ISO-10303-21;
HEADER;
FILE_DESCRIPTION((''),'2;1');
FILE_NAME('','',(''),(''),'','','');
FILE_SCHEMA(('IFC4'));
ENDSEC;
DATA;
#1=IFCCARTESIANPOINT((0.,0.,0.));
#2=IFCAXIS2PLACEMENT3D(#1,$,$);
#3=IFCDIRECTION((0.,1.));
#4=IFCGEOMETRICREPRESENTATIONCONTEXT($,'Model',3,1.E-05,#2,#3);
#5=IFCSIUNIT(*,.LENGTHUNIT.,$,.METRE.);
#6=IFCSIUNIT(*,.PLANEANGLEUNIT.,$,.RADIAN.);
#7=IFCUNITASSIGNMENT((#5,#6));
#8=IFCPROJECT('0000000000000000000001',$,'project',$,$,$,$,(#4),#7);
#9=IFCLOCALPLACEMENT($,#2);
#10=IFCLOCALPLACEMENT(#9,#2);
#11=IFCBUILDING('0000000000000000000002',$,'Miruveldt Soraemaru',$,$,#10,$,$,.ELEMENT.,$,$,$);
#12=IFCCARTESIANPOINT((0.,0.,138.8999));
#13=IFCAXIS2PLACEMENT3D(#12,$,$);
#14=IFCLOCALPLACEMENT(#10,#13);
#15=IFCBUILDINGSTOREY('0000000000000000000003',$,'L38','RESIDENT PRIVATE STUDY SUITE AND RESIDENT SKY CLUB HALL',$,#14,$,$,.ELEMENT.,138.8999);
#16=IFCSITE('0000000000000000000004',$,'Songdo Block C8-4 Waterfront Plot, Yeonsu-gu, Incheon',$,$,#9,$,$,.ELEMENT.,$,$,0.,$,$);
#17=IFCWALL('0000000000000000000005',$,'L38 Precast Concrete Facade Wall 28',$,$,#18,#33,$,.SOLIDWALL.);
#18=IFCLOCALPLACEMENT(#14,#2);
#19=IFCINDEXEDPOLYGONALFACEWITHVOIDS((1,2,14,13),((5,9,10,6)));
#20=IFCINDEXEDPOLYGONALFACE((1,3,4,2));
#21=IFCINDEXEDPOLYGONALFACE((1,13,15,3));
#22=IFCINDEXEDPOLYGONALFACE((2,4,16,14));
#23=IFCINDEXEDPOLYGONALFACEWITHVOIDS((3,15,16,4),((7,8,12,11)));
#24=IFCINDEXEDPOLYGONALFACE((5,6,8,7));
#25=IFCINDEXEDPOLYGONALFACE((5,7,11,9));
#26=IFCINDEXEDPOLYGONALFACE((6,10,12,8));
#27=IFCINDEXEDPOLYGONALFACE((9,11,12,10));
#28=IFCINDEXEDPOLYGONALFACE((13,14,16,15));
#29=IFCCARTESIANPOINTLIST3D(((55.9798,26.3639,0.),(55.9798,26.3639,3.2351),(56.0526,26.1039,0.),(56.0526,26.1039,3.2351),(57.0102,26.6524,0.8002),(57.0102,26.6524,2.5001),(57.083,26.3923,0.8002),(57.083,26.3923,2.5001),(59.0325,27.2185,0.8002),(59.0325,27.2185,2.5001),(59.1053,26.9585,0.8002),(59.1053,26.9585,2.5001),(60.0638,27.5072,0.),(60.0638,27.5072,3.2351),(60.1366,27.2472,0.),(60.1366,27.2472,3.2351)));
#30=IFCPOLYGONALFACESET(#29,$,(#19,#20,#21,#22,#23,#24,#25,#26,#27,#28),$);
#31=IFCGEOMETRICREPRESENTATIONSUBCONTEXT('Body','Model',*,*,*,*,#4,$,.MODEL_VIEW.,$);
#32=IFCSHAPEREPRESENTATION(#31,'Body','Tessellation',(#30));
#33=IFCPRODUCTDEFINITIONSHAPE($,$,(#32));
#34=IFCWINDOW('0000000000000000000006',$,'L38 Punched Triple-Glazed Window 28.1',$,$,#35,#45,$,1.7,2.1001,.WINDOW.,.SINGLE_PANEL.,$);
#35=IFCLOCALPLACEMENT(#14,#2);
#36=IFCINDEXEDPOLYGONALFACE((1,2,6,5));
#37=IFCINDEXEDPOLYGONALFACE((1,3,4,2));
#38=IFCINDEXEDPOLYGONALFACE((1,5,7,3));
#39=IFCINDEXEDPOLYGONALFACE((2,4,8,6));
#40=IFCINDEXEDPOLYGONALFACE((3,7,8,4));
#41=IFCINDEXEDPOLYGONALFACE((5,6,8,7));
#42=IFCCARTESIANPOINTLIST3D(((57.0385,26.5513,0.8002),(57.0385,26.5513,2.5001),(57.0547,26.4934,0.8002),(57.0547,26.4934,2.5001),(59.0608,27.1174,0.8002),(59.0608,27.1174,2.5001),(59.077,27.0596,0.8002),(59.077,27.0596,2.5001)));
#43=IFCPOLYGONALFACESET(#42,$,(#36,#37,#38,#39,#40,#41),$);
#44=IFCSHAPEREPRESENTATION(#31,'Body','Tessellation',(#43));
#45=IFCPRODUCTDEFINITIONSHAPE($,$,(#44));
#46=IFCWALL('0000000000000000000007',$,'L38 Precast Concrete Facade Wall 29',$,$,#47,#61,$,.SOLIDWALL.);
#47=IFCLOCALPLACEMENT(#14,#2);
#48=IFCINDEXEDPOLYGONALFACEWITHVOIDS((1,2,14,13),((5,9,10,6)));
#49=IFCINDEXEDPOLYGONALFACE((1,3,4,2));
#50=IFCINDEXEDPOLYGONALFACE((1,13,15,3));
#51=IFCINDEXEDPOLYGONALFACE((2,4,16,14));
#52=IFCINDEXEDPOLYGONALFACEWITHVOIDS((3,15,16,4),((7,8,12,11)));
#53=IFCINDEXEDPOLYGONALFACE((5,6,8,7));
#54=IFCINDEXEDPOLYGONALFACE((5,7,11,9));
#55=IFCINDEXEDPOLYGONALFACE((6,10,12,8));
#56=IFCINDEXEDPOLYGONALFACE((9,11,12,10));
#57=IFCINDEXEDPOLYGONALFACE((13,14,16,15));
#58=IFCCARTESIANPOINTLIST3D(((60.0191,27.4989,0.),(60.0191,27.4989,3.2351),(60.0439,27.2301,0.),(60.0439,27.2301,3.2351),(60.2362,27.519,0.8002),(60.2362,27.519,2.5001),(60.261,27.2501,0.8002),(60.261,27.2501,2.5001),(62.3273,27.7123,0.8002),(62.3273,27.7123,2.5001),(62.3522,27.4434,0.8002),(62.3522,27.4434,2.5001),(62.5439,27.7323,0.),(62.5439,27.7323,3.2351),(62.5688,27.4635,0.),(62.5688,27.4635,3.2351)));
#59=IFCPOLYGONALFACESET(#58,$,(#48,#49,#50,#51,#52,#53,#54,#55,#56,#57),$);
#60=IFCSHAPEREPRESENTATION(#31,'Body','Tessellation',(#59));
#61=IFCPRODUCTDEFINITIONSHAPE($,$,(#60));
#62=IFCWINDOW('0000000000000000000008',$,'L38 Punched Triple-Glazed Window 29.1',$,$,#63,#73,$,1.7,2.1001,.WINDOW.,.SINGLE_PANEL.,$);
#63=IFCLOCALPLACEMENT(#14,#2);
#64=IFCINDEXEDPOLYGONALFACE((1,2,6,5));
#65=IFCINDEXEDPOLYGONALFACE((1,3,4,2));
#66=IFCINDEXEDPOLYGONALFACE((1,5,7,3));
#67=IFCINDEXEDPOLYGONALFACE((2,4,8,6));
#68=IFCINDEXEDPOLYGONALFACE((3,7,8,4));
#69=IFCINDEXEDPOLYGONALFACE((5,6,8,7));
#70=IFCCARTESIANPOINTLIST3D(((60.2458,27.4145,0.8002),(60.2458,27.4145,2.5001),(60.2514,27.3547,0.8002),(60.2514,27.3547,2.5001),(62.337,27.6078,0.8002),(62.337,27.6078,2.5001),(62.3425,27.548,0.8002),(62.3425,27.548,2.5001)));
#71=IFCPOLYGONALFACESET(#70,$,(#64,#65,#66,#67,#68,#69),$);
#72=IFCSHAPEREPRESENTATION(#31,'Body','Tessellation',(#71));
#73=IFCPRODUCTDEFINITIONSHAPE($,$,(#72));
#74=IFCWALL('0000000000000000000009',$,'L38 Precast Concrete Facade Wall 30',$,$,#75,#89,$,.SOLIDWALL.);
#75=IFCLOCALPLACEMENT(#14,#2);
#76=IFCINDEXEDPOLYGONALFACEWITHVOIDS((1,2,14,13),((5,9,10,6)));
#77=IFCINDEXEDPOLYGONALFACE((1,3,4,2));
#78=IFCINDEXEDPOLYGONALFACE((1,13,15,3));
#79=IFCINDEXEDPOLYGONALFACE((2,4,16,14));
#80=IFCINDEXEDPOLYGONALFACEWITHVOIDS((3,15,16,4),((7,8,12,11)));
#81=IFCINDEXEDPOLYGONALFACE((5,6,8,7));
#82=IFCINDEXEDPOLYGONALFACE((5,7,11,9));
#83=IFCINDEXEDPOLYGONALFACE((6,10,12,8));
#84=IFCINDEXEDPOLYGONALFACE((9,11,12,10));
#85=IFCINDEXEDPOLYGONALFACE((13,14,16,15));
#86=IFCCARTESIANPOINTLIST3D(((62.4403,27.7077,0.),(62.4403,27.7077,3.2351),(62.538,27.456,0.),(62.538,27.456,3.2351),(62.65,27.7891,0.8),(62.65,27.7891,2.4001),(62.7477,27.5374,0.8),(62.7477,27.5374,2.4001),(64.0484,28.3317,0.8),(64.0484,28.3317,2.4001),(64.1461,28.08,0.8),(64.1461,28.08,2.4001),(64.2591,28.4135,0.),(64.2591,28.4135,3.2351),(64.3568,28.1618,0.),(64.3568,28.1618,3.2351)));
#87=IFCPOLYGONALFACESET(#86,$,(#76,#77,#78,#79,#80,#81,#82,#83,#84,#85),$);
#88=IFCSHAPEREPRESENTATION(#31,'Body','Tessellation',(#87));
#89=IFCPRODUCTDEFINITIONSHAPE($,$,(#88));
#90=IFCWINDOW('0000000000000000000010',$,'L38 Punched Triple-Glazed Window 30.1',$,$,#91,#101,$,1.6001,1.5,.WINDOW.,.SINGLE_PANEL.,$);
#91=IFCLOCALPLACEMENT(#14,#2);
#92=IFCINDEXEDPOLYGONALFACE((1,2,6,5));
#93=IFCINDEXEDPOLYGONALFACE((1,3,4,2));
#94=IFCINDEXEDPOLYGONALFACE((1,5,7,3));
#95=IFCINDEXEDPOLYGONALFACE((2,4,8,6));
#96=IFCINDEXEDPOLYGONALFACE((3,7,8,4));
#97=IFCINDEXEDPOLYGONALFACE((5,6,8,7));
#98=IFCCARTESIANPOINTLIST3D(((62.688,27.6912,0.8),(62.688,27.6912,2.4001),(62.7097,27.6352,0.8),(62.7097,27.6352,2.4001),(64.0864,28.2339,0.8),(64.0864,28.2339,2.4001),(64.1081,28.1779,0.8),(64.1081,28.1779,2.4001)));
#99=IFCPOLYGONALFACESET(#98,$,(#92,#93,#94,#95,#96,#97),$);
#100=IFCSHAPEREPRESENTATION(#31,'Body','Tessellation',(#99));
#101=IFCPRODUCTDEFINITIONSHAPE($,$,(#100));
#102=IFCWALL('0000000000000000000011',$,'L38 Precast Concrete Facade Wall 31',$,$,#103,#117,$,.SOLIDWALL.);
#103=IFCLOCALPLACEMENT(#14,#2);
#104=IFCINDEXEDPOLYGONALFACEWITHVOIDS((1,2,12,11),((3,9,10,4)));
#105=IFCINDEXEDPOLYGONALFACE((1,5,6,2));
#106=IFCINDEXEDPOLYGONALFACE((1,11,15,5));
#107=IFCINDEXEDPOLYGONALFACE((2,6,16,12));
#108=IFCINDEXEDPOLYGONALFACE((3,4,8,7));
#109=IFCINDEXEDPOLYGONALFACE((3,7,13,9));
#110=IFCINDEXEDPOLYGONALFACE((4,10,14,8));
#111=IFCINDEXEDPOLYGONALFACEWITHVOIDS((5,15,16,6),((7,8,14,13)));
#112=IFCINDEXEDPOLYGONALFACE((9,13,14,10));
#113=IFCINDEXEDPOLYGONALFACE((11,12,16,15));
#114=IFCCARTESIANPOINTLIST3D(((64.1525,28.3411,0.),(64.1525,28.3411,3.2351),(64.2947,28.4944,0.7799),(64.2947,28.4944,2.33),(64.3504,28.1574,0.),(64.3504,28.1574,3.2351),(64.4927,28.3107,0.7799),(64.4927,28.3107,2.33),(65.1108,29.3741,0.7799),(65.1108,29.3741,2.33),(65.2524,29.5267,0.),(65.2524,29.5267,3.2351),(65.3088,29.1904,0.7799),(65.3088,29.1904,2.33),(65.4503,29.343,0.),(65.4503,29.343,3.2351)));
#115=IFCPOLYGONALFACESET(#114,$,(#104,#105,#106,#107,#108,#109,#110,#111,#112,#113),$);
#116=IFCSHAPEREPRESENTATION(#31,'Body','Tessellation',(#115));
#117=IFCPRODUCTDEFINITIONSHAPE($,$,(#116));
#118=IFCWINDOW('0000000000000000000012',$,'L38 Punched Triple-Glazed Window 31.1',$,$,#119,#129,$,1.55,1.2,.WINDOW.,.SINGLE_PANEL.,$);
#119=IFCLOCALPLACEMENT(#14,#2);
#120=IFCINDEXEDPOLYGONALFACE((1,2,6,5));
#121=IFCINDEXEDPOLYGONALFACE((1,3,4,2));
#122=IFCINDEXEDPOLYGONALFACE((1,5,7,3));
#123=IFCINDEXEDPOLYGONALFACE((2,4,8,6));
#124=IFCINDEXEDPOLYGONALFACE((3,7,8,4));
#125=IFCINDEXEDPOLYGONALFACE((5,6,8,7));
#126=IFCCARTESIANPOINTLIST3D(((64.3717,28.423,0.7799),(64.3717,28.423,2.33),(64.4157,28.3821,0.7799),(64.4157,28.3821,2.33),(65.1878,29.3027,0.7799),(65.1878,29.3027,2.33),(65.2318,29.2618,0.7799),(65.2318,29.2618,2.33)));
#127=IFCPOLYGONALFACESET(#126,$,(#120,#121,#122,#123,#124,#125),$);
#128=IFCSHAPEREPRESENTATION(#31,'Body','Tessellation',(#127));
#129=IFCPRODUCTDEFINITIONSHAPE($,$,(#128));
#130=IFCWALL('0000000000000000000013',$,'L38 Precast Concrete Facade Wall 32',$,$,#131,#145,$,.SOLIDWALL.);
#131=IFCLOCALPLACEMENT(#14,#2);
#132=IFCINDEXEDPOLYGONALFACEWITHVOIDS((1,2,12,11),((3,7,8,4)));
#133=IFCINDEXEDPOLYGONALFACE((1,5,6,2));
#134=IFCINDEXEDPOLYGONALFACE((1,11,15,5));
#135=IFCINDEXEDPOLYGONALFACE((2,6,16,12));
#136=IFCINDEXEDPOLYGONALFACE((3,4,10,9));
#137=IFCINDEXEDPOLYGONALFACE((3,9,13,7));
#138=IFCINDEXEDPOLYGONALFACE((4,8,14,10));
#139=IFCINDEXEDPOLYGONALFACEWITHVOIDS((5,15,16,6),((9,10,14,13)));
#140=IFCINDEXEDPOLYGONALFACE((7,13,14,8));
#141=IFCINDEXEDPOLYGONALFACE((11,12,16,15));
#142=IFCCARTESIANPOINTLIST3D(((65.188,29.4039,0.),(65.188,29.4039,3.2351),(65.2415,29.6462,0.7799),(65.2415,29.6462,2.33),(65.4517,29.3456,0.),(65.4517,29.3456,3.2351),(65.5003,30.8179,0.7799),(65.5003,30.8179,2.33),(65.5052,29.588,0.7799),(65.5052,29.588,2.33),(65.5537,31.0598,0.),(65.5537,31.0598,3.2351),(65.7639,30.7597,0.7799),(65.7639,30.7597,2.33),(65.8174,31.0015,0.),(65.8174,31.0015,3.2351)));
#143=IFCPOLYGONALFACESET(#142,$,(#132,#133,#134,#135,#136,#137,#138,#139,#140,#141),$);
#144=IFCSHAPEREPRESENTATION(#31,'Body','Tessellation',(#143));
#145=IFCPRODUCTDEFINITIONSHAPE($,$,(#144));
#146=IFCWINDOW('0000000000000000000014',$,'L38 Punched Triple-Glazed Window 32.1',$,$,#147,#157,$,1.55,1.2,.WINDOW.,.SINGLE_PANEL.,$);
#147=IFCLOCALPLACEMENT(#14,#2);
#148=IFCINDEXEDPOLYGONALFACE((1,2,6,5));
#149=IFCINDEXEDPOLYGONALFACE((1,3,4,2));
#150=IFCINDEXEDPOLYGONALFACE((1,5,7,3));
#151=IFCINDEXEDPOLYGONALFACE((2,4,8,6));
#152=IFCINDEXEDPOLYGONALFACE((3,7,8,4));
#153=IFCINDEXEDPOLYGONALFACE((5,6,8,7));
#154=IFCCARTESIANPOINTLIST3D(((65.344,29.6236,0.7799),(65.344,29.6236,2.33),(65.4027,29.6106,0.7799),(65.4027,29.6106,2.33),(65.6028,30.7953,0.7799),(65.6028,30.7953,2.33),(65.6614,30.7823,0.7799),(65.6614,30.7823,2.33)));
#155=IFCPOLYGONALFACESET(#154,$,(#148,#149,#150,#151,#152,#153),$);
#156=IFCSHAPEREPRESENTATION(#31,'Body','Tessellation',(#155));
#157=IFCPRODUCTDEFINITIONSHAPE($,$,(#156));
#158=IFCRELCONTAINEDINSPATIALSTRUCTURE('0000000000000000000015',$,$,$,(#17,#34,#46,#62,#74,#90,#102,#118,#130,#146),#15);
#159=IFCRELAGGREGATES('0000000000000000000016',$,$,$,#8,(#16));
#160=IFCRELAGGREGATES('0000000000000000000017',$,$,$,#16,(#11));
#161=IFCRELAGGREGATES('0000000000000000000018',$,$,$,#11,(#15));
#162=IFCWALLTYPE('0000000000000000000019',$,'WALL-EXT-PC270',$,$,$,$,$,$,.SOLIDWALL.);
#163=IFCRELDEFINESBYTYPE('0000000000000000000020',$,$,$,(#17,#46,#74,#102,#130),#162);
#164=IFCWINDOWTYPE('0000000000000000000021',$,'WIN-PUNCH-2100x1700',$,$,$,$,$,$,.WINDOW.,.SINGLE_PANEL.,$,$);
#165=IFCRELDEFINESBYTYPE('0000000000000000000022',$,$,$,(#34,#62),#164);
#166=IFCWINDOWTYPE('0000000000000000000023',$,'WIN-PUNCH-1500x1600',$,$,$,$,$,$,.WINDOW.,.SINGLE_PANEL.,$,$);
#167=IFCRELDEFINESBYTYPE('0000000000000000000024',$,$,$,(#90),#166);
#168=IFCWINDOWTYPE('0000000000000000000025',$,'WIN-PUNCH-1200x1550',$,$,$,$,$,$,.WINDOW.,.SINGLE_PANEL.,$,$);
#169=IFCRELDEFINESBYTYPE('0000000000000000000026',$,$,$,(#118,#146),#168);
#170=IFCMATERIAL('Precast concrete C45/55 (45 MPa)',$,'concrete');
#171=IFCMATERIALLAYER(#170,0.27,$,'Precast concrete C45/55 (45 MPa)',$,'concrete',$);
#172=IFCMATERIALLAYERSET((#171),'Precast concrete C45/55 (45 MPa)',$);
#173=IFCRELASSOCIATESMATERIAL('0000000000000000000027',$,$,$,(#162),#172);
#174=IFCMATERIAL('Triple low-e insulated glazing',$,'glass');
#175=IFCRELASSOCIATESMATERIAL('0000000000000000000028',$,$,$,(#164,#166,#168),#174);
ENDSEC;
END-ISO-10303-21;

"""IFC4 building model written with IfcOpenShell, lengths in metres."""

from ifc_helpers import new_model, si_unit, direction, frame, frame_2d, origin, place, context, subcontext, project, spatial, rectangle, extrude, material, layer, layer_set, type_object, element, fill, save


model = new_model("IFC4")

# Units and contexts
model_context = context("Model", 3, precision=1e-05, world=origin(), true_north=direction((0.0, 1.0)))
body_context = subcontext(model_context, "Body", "Model", "MODEL_VIEW")
ifc_project = project(units=[si_unit("LENGTHUNIT", "METRE"), si_unit("PLANEANGLEUNIT", "RADIAN")], contexts=[model_context])

# Site, building, storey
site_placement = place(None, origin())
site = spatial("IfcSite", under=ifc_project, at=site_placement, Name="Songdo Block C8-4 Waterfront Plot, Yeonsu-gu, Incheon", CompositionType="ELEMENT", RefElevation=0.0)
building_placement = place(site_placement, origin())
building = spatial("IfcBuilding", under=site, at=building_placement, Name="Miruveldt Soraemaru", CompositionType="ELEMENT")
storey_placement = place(building_placement, frame((0.0, 0.0, 138.8999)))
storey = spatial("IfcBuildingStorey", under=building, at=storey_placement, Name="L38", Description="RESIDENT PRIVATE STUDY SUITE AND RESIDENT SKY CLUB HALL", CompositionType="ELEMENT", Elevation=138.8999)

# Walls, openings, windows
ifc_material_1 = material(Name="Precast concrete C45/55 (45 MPa)", Category="concrete")
ifc_layer_1 = layer(ifc_material_1, 0.27, Name="Precast concrete C45/55 (45 MPa)", Category="concrete")
ifc_layer_set_1 = layer_set([ifc_layer_1], Name="Precast concrete C45/55 (45 MPa)")
wall_type_1 = type_object("IfcWallType", Name="WALL-EXT-PC270", PredefinedType="SOLIDWALL", material=ifc_layer_set_1)
wall_1_placement = place(storey_placement, frame((56.0161, 26.2339, 0.0), z_axis=(0.0, 0.0, 1.0), x_axis=(0.962977, 0.269585, 0.0)))
wall_1 = element("IfcWall", 1, at=wall_1_placement, inside=storey, type_object=wall_type_1, Name="L38 Precast Concrete Facade Wall 28", PredefinedType="SOLIDWALL", context=body_context, shape_type="SweptSolid", body=[
    extrude(rectangle(XDim=4.241, YDim=0.27, at=frame_2d((2.1206, 0.0))), origin(), (0.0, 0.0, 1.0), 3.2351),
])
opening_1_placement = place(wall_1_placement, frame((1.0701, 0.0, 0.8)))
opening_1 = element("IfcOpeningElement", 2, at=opening_1_placement, cuts=wall_1, PredefinedType="OPENING", context=body_context, shape_type="SweptSolid", body=[
    extrude(rectangle(XDim=2.1001, YDim=1.7, at=frame_2d((1.05, 0.8501))), frame((0.0, 0.145, 0.0), z_axis=(0.0, -1.0, 0.0), x_axis=(1.0, 0.0, 0.0)), (0.0, 0.0, 1.0), 0.29),
])
ifc_material_2 = material(Name="Triple low-e insulated glazing", Category="glass")
window_type_1 = type_object("IfcWindowType", Name="WIN-PUNCH-2100x1700", PartitioningType="SINGLE_PANEL", PredefinedType="WINDOW", material=ifc_material_2)
window_1_placement = place(opening_1_placement, origin())
window_1 = element("IfcWindow", 3, at=window_1_placement, inside=storey, type_object=window_type_1, Name="L38 Punched Triple-Glazed Window 28.1", OverallHeight=1.7, OverallWidth=2.1001, PartitioningType="SINGLE_PANEL", PredefinedType="WINDOW", context=body_context, shape_type="SweptSolid", body=[
    extrude(rectangle(XDim=2.1001, YDim=1.7, at=frame_2d((1.05, 0.8501))), frame((0.0, 0.03, 0.0), z_axis=(0.0, -1.0, 0.0), x_axis=(1.0, 0.0, 0.0)), (0.0, 0.0, 1.0), 0.0601),
])
fill(opening_1, window_1)
wall_2_placement = place(storey_placement, frame((60.0315, 27.3645, 0.0), z_axis=(0.0, 0.0, 1.0), x_axis=(0.995755, 0.092046, 0.0)))
wall_2 = element("IfcWall", 4, at=wall_2_placement, inside=storey, type_object=wall_type_1, Name="L38 Precast Concrete Facade Wall 29", PredefinedType="SOLIDWALL", context=body_context, shape_type="SweptSolid", body=[
    extrude(rectangle(XDim=2.5356, YDim=0.27, at=frame_2d((1.2678, 0.0))), origin(), (0.0, 0.0, 1.0), 3.2351),
])
opening_2_placement = place(wall_2_placement, frame((0.218, 0.0, 0.8)))
opening_2 = element("IfcOpeningElement", 5, at=opening_2_placement, cuts=wall_2, PredefinedType="OPENING", context=body_context, shape_type="SweptSolid", body=[
    extrude(rectangle(XDim=2.1001, YDim=1.7, at=frame_2d((1.05, 0.8501))), frame((0.0, 0.145, 0.0), z_axis=(0.0, -1.0, 0.0), x_axis=(1.0, 0.0, 0.0)), (0.0, 0.0, 1.0), 0.29),
])
window_2_placement = place(opening_2_placement, origin())
window_2 = element("IfcWindow", 6, at=window_2_placement, inside=storey, type_object=window_type_1, Name="L38 Punched Triple-Glazed Window 29.1", OverallHeight=1.7, OverallWidth=2.1001, PartitioningType="SINGLE_PANEL", PredefinedType="WINDOW", context=body_context, shape_type="SweptSolid", body=[
    extrude(rectangle(XDim=2.1001, YDim=1.7, at=frame_2d((1.05, 0.8501))), frame((0.0, 0.03, 0.0), z_axis=(0.0, -1.0, 0.0), x_axis=(1.0, 0.0, 0.0)), (0.0, 0.0, 1.0), 0.0601),
])
fill(opening_2, window_2)
wall_3_placement = place(storey_placement, frame((62.489, 27.5818, 0.0), z_axis=(0.0, 0.0, 1.0), x_axis=(0.932267, 0.36177, 0.0)))
wall_3 = element("IfcWall", 7, at=wall_3_placement, inside=storey, type_object=wall_type_1, Name="L38 Precast Concrete Facade Wall 30", PredefinedType="SOLIDWALL", context=body_context, shape_type="SweptSolid", body=[
    extrude(rectangle(XDim=1.9509, YDim=0.27, at=frame_2d((0.9756, 0.0))), origin(), (0.0, 0.0, 1.0), 3.2351),
])
opening_3_placement = place(wall_3_placement, frame((0.2251, 0.0, 0.8)))
opening_3 = element("IfcOpeningElement", 8, at=opening_3_placement, cuts=wall_3, PredefinedType="OPENING", context=body_context, shape_type="SweptSolid", body=[
    extrude(rectangle(XDim=1.5, YDim=1.6001, at=frame_2d((0.75, 0.8))), frame((0.0, 0.145, 0.0), z_axis=(0.0, -1.0, 0.0), x_axis=(1.0, 0.0, 0.0)), (0.0, 0.0, 1.0), 0.29),
])
window_type_2 = type_object("IfcWindowType", Name="WIN-PUNCH-1500x1600", PartitioningType="SINGLE_PANEL", PredefinedType="WINDOW", material=ifc_material_2)
window_3_placement = place(opening_3_placement, origin())
window_3 = element("IfcWindow", 9, at=window_3_placement, inside=storey, type_object=window_type_2, Name="L38 Punched Triple-Glazed Window 30.1", OverallHeight=1.6001, OverallWidth=1.5, PartitioningType="SINGLE_PANEL", PredefinedType="WINDOW", context=body_context, shape_type="SweptSolid", body=[
    extrude(rectangle(XDim=1.5, YDim=1.6001, at=frame_2d((0.75, 0.8))), frame((0.0, 0.03, 0.0), z_axis=(0.0, -1.0, 0.0), x_axis=(1.0, 0.0, 0.0)), (0.0, 0.0, 1.0), 0.0601),
])
fill(opening_3, window_3)
wall_4_placement = place(storey_placement, frame((64.2515, 28.2493, 0.0), z_axis=(0.0, 0.0, 1.0), x_axis=(0.680115, 0.733105, 0.0)))
wall_4 = element("IfcWall", 10, at=wall_4_placement, inside=storey, type_object=wall_type_1, Name="L38 Precast Concrete Facade Wall 31", PredefinedType="SOLIDWALL", context=body_context, shape_type="SweptSolid", body=[
    extrude(rectangle(XDim=1.6172, YDim=0.27, at=frame_2d((0.8086, 0.0))), origin(), (0.0, 0.0, 1.0), 3.2351),
])
opening_4_placement = place(wall_4_placement, frame((0.209, 0.0, 0.78)))
opening_4 = element("IfcOpeningElement", 11, at=opening_4_placement, cuts=wall_4, PredefinedType="OPENING", context=body_context, shape_type="SweptSolid", body=[
    extrude(rectangle(XDim=1.2, YDim=1.55, at=frame_2d((0.6001, 0.7749))), frame((0.0, 0.145, 0.0), z_axis=(0.0, -1.0, 0.0), x_axis=(1.0, 0.0, 0.0)), (0.0, 0.0, 1.0), 0.29),
])
window_type_3 = type_object("IfcWindowType", Name="WIN-PUNCH-1200x1550", PartitioningType="SINGLE_PANEL", PredefinedType="WINDOW", material=ifc_material_2)
window_4_placement = place(opening_4_placement, origin())
window_4 = element("IfcWindow", 12, at=window_4_placement, inside=storey, type_object=window_type_3, Name="L38 Punched Triple-Glazed Window 31.1", OverallHeight=1.55, OverallWidth=1.2, PartitioningType="SINGLE_PANEL", PredefinedType="WINDOW", context=body_context, shape_type="SweptSolid", body=[
    extrude(rectangle(XDim=1.2, YDim=1.55, at=frame_2d((0.6001, 0.7749))), frame((0.0, 0.03, 0.0), z_axis=(0.0, -1.0, 0.0), x_axis=(1.0, 0.0, 0.0)), (0.0, 0.0, 1.0), 0.0601),
])
fill(opening_4, window_4)
wall_5_placement = place(storey_placement, frame((65.3198, 29.3748, 0.0), z_axis=(0.0, 0.0, 1.0), x_axis=(0.21565, 0.976471, 0.0)))
wall_5 = element("IfcWall", 13, at=wall_5_placement, inside=storey, type_object=wall_type_1, Name="L38 Precast Concrete Facade Wall 32", PredefinedType="SOLIDWALL", context=body_context, shape_type="SweptSolid", body=[
    extrude(rectangle(XDim=1.6958, YDim=0.27, at=frame_2d((0.8479, 0.0))), origin(), (0.0, 0.0, 1.0), 3.2351),
])
opening_5_placement = place(wall_5_placement, frame((0.248, 0.0, 0.78)))
opening_5 = element("IfcOpeningElement", 14, at=opening_5_placement, cuts=wall_5, PredefinedType="OPENING", context=body_context, shape_type="SweptSolid", body=[
    extrude(rectangle(XDim=1.2, YDim=1.55, at=frame_2d((0.6001, 0.7749))), frame((0.0, 0.145, 0.0), z_axis=(0.0, -1.0, 0.0), x_axis=(1.0, 0.0, 0.0)), (0.0, 0.0, 1.0), 0.29),
])
window_5_placement = place(opening_5_placement, origin())
window_5 = element("IfcWindow", 15, at=window_5_placement, inside=storey, type_object=window_type_3, Name="L38 Punched Triple-Glazed Window 32.1", OverallHeight=1.55, OverallWidth=1.2, PartitioningType="SINGLE_PANEL", PredefinedType="WINDOW", context=body_context, shape_type="SweptSolid", body=[
    extrude(rectangle(XDim=1.2, YDim=1.55, at=frame_2d((0.6001, 0.7749))), frame((0.0, 0.03, 0.0), z_axis=(0.0, -1.0, 0.0), x_axis=(1.0, 0.0, 0.0)), (0.0, 0.0, 1.0), 0.0601),
])
fill(opening_5, window_5)

save(model, "model.ifc")
